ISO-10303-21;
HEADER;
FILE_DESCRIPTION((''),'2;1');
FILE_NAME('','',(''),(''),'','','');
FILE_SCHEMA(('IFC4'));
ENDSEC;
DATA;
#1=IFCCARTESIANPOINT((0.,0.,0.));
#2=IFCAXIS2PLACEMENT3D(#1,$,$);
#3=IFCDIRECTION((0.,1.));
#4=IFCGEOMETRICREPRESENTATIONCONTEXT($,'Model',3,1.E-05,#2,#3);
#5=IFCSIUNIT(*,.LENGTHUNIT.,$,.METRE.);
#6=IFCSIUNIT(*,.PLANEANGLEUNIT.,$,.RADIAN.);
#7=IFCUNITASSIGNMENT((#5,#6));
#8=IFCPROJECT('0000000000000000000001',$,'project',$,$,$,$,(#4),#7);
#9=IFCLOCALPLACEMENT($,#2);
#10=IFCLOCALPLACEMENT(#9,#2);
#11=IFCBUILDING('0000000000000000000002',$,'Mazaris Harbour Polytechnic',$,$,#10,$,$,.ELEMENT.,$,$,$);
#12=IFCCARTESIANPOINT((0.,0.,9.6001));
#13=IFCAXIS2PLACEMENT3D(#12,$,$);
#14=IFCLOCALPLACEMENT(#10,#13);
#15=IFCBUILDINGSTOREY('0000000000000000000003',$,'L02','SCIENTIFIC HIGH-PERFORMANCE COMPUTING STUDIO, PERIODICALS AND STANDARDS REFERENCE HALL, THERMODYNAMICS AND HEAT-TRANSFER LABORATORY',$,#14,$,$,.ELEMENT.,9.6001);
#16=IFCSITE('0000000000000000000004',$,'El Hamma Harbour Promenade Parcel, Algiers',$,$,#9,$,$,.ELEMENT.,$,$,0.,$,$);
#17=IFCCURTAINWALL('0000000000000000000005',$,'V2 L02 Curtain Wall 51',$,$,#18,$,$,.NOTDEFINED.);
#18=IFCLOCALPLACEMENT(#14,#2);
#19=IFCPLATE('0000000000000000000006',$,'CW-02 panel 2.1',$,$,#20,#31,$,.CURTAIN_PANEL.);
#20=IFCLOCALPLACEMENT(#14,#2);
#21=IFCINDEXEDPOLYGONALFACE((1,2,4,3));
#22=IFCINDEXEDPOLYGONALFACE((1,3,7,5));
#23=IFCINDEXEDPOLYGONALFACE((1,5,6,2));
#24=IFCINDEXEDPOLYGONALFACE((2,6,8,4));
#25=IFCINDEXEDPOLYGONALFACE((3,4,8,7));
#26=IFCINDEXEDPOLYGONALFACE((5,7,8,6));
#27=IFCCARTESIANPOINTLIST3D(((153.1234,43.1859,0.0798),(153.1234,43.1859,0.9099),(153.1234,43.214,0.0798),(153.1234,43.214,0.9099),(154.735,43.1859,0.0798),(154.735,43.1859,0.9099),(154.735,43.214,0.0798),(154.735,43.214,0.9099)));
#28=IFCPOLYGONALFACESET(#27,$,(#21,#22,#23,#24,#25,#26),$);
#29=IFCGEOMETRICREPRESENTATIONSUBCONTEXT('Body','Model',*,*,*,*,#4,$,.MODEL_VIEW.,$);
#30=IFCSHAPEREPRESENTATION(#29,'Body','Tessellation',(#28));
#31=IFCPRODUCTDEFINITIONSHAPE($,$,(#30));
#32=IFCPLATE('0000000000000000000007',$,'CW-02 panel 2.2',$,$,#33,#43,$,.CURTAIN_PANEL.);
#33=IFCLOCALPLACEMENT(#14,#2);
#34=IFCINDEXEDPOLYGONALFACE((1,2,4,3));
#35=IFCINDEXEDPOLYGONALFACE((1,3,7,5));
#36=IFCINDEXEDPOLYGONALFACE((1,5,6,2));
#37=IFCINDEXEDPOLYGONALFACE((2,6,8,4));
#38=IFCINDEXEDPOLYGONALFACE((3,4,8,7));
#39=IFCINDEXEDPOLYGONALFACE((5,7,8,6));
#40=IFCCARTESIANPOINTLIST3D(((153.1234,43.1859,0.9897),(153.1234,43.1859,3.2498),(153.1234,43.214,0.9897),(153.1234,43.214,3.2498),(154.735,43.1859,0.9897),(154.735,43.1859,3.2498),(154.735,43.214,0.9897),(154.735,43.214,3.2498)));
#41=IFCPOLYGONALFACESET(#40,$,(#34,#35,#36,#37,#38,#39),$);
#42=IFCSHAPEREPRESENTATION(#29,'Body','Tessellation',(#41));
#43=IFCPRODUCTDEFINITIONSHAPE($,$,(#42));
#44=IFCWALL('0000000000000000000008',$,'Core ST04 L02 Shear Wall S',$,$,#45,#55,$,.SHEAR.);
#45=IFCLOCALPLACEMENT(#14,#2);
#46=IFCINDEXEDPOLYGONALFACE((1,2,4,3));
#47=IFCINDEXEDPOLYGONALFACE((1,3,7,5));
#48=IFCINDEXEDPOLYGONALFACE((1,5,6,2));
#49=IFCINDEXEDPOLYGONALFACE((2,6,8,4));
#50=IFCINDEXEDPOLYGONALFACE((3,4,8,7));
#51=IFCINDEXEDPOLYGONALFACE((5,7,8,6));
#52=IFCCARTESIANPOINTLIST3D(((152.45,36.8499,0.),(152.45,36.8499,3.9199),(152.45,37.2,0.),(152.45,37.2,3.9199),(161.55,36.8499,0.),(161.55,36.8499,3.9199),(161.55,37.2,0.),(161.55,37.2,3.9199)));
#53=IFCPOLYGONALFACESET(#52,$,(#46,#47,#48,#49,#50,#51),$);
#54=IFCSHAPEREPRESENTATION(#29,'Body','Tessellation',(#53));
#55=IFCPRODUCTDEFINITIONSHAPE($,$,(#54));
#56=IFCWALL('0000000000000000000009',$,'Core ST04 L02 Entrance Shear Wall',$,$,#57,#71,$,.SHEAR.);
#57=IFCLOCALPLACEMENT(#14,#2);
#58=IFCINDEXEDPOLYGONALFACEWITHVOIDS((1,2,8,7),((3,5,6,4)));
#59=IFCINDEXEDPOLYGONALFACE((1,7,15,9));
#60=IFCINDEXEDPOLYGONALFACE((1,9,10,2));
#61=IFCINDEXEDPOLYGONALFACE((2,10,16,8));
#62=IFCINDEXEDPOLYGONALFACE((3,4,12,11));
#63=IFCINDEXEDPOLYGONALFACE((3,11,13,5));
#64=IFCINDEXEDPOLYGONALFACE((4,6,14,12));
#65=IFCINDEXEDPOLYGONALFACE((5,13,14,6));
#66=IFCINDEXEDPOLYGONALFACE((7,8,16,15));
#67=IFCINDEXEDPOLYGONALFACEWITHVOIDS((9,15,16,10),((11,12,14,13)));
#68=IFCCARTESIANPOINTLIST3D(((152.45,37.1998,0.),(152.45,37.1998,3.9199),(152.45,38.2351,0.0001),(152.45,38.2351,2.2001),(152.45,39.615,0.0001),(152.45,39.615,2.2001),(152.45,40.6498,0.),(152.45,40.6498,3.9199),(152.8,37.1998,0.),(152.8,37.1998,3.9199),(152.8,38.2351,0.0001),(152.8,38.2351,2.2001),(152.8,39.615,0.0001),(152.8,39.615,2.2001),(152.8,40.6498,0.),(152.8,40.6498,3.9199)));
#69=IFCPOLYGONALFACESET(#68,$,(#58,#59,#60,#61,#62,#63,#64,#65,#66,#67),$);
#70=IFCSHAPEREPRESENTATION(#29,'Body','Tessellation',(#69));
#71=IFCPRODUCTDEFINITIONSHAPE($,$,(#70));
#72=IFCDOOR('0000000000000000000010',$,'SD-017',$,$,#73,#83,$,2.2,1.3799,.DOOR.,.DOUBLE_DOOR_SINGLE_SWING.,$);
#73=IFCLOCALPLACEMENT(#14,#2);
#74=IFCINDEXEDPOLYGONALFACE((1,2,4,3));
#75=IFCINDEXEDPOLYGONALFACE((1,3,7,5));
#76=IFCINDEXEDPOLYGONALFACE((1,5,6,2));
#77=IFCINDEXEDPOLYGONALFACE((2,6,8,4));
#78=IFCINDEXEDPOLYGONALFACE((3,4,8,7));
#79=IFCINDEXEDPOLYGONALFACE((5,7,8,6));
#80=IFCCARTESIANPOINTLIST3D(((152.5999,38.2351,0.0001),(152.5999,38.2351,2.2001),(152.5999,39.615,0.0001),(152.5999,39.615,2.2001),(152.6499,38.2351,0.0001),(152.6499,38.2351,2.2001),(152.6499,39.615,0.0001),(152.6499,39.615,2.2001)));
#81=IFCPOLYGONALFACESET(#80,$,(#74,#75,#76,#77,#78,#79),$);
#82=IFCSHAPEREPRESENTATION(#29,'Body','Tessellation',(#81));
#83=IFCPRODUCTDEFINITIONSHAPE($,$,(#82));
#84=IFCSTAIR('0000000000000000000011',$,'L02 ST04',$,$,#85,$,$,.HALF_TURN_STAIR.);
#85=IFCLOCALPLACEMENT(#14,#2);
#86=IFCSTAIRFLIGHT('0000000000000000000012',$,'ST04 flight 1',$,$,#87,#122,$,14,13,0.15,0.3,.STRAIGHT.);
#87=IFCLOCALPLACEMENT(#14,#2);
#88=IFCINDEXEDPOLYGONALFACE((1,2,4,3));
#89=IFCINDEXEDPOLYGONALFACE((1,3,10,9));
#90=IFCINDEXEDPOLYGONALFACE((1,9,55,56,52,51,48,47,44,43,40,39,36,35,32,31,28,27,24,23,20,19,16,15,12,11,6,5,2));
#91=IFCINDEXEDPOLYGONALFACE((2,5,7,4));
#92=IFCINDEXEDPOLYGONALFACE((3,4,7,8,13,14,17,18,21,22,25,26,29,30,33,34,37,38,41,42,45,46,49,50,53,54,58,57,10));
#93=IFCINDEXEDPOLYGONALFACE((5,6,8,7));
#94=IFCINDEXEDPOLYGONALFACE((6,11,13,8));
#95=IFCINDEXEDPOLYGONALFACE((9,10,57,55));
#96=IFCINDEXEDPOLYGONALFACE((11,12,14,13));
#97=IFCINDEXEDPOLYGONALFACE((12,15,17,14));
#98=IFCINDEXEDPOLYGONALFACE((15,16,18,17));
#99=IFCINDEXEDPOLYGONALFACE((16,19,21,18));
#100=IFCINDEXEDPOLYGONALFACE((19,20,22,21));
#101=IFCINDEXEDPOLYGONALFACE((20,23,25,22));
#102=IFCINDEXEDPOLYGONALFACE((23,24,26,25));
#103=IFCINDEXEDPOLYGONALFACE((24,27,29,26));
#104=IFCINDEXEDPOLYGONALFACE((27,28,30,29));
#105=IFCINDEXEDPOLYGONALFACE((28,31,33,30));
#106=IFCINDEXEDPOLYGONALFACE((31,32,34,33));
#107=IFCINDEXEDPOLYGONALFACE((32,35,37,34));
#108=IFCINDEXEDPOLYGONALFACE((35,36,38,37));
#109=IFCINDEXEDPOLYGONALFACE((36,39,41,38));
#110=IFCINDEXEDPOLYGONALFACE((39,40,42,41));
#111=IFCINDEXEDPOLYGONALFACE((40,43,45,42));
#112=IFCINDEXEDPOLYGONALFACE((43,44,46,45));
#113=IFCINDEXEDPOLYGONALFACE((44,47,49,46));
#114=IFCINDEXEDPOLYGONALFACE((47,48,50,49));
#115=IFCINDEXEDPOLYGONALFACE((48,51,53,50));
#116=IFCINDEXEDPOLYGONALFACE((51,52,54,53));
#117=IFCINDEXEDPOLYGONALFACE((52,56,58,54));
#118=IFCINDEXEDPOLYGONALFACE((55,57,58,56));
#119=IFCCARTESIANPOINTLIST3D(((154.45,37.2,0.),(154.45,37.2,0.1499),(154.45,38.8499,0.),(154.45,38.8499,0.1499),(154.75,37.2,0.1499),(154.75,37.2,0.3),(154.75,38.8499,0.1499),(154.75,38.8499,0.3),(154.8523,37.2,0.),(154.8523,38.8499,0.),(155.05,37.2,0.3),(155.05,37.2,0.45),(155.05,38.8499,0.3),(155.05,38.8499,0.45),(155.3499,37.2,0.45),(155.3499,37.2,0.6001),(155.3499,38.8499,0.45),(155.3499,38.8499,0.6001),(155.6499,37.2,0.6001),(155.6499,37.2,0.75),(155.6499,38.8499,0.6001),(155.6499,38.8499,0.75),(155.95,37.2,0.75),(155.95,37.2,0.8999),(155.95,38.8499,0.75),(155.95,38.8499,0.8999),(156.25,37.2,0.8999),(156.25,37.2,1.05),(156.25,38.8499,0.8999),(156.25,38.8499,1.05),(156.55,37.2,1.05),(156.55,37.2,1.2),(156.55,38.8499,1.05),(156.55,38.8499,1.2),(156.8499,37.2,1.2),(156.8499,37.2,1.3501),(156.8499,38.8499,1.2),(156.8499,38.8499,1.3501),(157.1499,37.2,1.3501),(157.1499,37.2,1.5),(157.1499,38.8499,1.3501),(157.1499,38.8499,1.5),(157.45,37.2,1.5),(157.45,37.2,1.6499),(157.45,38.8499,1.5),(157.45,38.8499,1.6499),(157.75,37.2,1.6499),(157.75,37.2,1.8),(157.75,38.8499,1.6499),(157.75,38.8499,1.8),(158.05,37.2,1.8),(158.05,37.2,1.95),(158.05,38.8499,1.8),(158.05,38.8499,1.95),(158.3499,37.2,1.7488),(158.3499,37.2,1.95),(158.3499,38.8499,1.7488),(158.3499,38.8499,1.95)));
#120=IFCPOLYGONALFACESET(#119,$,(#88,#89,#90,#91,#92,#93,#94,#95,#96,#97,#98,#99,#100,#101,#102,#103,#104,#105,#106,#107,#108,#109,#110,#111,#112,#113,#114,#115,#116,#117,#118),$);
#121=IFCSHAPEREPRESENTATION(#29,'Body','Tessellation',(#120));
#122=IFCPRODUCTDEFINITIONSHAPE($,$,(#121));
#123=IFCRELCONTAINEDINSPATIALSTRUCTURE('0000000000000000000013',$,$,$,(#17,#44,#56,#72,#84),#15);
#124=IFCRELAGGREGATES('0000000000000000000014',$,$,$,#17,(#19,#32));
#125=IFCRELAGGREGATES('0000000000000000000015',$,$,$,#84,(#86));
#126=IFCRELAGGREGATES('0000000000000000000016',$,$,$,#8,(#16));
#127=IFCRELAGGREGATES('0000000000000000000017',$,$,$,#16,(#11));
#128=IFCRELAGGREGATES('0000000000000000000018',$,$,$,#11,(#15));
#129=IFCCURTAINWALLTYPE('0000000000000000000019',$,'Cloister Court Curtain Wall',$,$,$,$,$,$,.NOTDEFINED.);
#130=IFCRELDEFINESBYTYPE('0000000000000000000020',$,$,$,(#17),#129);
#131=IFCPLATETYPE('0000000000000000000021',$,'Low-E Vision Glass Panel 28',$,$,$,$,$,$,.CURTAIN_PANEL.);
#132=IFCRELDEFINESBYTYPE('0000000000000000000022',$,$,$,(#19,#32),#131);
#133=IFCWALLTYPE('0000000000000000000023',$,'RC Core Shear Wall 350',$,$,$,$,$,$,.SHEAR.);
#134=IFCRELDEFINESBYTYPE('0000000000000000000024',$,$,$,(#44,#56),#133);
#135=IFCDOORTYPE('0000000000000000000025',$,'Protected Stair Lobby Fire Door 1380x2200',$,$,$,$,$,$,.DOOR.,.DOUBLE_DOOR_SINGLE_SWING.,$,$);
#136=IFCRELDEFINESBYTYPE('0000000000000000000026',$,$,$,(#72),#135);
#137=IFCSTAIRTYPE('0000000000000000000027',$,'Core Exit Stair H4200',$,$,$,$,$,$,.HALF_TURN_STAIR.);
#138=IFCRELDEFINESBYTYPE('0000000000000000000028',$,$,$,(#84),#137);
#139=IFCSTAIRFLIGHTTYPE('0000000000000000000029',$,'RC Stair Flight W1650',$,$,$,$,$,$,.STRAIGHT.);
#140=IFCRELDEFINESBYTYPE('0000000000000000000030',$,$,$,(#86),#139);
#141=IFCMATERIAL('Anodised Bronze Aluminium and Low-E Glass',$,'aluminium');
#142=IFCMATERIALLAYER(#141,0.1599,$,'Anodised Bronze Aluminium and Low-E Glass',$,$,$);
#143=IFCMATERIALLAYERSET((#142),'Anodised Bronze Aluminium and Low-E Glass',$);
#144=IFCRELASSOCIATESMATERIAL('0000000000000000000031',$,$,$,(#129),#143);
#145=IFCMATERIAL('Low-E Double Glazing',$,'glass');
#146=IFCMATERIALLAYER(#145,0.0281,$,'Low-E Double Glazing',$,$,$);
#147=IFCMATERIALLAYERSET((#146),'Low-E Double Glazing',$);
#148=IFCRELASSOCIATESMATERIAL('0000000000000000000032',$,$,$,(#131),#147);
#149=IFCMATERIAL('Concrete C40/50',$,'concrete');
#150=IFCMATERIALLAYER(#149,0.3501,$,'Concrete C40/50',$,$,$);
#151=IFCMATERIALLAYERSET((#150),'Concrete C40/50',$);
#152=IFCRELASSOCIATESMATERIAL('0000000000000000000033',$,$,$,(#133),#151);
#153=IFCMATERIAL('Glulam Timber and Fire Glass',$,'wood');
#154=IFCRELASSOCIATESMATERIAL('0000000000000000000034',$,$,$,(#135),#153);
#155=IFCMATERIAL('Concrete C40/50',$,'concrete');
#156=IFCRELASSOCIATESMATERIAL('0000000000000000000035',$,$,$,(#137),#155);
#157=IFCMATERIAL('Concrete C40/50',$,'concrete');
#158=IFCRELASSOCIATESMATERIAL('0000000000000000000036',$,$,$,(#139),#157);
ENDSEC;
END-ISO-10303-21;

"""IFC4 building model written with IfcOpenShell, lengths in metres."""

from ifc_helpers import new_model, si_unit, direction, frame, frame_2d, origin, origin_2d, place, context, subcontext, project, spatial, polyline, rectangle, outline, extrude, material, layer, layer_set, type_object, element, fill, aggregate, save


model = new_model("IFC4")

# Units and contexts
model_context = context("Model", 3, precision=1e-05, world=origin(), true_north=direction((0.0, 1.0)))
body_context = subcontext(model_context, "Body", "Model", "MODEL_VIEW")
ifc_project = project(units=[si_unit("LENGTHUNIT", "METRE"), si_unit("PLANEANGLEUNIT", "RADIAN")], contexts=[model_context])

# Site, building, storey
site_placement = place(None, origin())
site = spatial("IfcSite", under=ifc_project, at=site_placement, Name="El Hamma Harbour Promenade Parcel, Algiers", CompositionType="ELEMENT", RefElevation=0.0)
building_placement = place(site_placement, origin())
building = spatial("IfcBuilding", under=site, at=building_placement, Name="Mazaris Harbour Polytechnic", CompositionType="ELEMENT")
storey_placement = place(building_placement, frame((0.0, 0.0, 9.6001)))
storey = spatial("IfcBuildingStorey", under=building, at=storey_placement, Name="L02", Description="SCIENTIFIC HIGH-PERFORMANCE COMPUTING STUDIO, PERIODICALS AND STANDARDS REFERENCE HALL, THERMODYNAMICS AND HEAT-TRANSFER LABORATORY", CompositionType="ELEMENT", Elevation=9.6001)

# Curtain wall
ifc_material_1 = material(Name="Anodised Bronze Aluminium and Low-E Glass", Category="aluminium")
ifc_layer_1 = layer(ifc_material_1, 0.1599, Name="Anodised Bronze Aluminium and Low-E Glass")
ifc_layer_set_1 = layer_set([ifc_layer_1], Name="Anodised Bronze Aluminium and Low-E Glass")
curtain_wall_type = type_object("IfcCurtainWallType", Name="Cloister Court Curtain Wall", PredefinedType="NOTDEFINED", material=ifc_layer_set_1)
curtain_wall_placement = place(storey_placement, origin())
curtain_wall = element("IfcCurtainWall", 1, at=curtain_wall_placement, inside=storey, type_object=curtain_wall_type, Name="V2 L02 Curtain Wall 51", PredefinedType="NOTDEFINED")

# Plates
ifc_material_2 = material(Name="Low-E Double Glazing", Category="glass")
ifc_layer_2 = layer(ifc_material_2, 0.0281, Name="Low-E Double Glazing")
ifc_layer_set_2 = layer_set([ifc_layer_2], Name="Low-E Double Glazing")
plate_type = type_object("IfcPlateType", Name="Low-E Vision Glass Panel 28", PredefinedType="CURTAIN_PANEL", material=ifc_layer_set_2)
plate_1_placement = place(storey_placement, frame((153.9292, 43.2, 0.0798), z_axis=(0.0, 0.0, 1.0), x_axis=(1.0, 0.0, 0.0)))
plate_1 = element("IfcPlate", 2, at=plate_1_placement, type_object=plate_type, Name="CW-02 panel 2.1", PredefinedType="CURTAIN_PANEL", context=body_context, shape_type="SweptSolid", body=[
    extrude(rectangle(XDim=1.6116, YDim=0.0281, at=origin_2d()), origin(), (0.0, 0.0, 1.0), 0.8301),
])
plate_2_placement = place(storey_placement, frame((153.9292, 43.2, 0.9897), z_axis=(0.0, 0.0, 1.0), x_axis=(1.0, 0.0, 0.0)))
plate_2 = element("IfcPlate", 3, at=plate_2_placement, type_object=plate_type, Name="CW-02 panel 2.2", PredefinedType="CURTAIN_PANEL", context=body_context, shape_type="SweptSolid", body=[
    extrude(rectangle(XDim=1.6116, YDim=0.0281, at=origin_2d()), origin(), (0.0, 0.0, 1.0), 2.26),
])
aggregate(curtain_wall, [plate_1, plate_2])

# Wall
ifc_material_3 = material(Name="Concrete C40/50", Category="concrete")
ifc_layer_3 = layer(ifc_material_3, 0.3501, Name="Concrete C40/50")
ifc_layer_set_3 = layer_set([ifc_layer_3], Name="Concrete C40/50")
wall_type = type_object("IfcWallType", Name="RC Core Shear Wall 350", PredefinedType="SHEAR", material=ifc_layer_set_3)
wall_1_placement = place(storey_placement, frame((152.45, 37.0249, 0.0), z_axis=(0.0, 0.0, 1.0), x_axis=(1.0, 0.0, 0.0)))
element("IfcWall", 4, at=wall_1_placement, inside=storey, type_object=wall_type, Name="Core ST04 L02 Shear Wall S", PredefinedType="SHEAR", context=body_context, shape_type="SweptSolid", body=[
    extrude(rectangle(XDim=9.1001, YDim=0.3501, at=frame_2d((4.55, 0.0))), origin(), (0.0, 0.0, 1.0), 3.9199),
])

# Wall, opening, door
wall_2_placement = place(storey_placement, frame((152.625, 40.6499, 0.0), z_axis=(0.0, 0.0, 1.0), x_axis=(0.0, -1.0, 0.0)))
wall_2 = element("IfcWall", 5, at=wall_2_placement, inside=storey, type_object=wall_type, Name="Core ST04 L02 Entrance Shear Wall", PredefinedType="SHEAR", context=body_context, shape_type="SweptSolid", body=[
    extrude(rectangle(XDim=3.45, YDim=0.3501, at=frame_2d((1.7251, 0.0))), origin(), (0.0, 0.0, 1.0), 3.9199),
])
opening_placement = place(wall_2_placement, frame((1.0349, 0.0, 0.0)))
opening = element("IfcOpeningElement", 6, at=opening_placement, cuts=wall_2, PredefinedType="OPENING", context=body_context, shape_type="SweptSolid", body=[
    extrude(rectangle(XDim=1.3799, YDim=2.2, at=frame_2d((0.6899, 1.1001))), frame((0.0, 0.1851, 0.0), z_axis=(0.0, -1.0, 0.0), x_axis=(1.0, 0.0, 0.0)), (0.0, 0.0, 1.0), 0.3701),
])
ifc_material_4 = material(Name="Glulam Timber and Fire Glass", Category="wood")
door_type = type_object("IfcDoorType", Name="Protected Stair Lobby Fire Door 1380x2200", OperationType="DOUBLE_DOOR_SINGLE_SWING", PredefinedType="DOOR", material=ifc_material_4)
door_placement = place(opening_placement, origin())
door = element("IfcDoor", 7, at=door_placement, inside=storey, type_object=door_type, Name="SD-017", OperationType="DOUBLE_DOOR_SINGLE_SWING", OverallHeight=2.2, OverallWidth=1.3799, PredefinedType="DOOR", context=body_context, shape_type="SweptSolid", body=[
    extrude(rectangle(XDim=1.3799, YDim=2.2, at=frame_2d((0.6899, 1.1001))), frame((0.0, 0.0249, 0.0), z_axis=(0.0, -1.0, 0.0), x_axis=(1.0, 0.0, 0.0)), (0.0, 0.0, 1.0), 0.05),
])
fill(opening, door)

# Stair, stair flight
ifc_material_5 = material(Name="Concrete C40/50", Category="concrete")
stair_type = type_object("IfcStairType", Name="Core Exit Stair H4200", PredefinedType="HALF_TURN_STAIR", material=ifc_material_5)
stair_placement = place(storey_placement, origin())
stair = element("IfcStair", 8, at=stair_placement, inside=storey, type_object=stair_type, Name="L02 ST04", PredefinedType="HALF_TURN_STAIR")
ifc_material_6 = material(Name="Concrete C40/50", Category="concrete")
stair_flight_type = type_object("IfcStairFlightType", Name="RC Stair Flight W1650", PredefinedType="STRAIGHT", material=ifc_material_6)
stair_flight_placement = place(storey_placement, frame((154.45, 38.0249, 0.0), z_axis=(0.0, 0.0, 1.0), x_axis=(1.0, 0.0, 0.0)))
stair_flight = element("IfcStairFlight", 9, at=stair_flight_placement, type_object=stair_flight_type, Name="ST04 flight 1", NumberOfRisers=14, NumberOfTreads=13, PredefinedType="STRAIGHT", RiserHeight=0.15, TreadLength=0.3, context=body_context, shape_type="SweptSolid", body=[
    extrude(outline(polyline([(0.0, 0.0), (0.0, 0.1499), (0.3, 0.1499), (0.3, 0.3), (0.6001, 0.3), (0.6001, 0.45), (0.8999, 0.45), (0.8999, 0.6001), (1.2, 0.6001), (1.2, 0.75), (1.5, 0.75), (1.5, 0.8999), (1.8, 0.8999), (1.8, 1.05), (2.1001, 1.05), (2.1001, 1.2), (2.3999, 1.2), (2.3999, 1.3501), (2.7, 1.3501), (2.7, 1.5), (3.0, 1.5), (3.0, 1.6499), (3.3, 1.6499), (3.3, 1.8), (3.6001, 1.8), (3.6001, 1.95), (3.8999, 1.95), (3.8999, 2.1001), (3.8999, 1.7488), (0.4023, 0.0), (0.0, 0.0)])), frame((0.0, 0.825, 0.0), z_axis=(0.0, -1.0, 0.0), x_axis=(1.0, 0.0, 0.0)), (0.0, 0.0, 1.0), 1.6499),
])
aggregate(stair, [stair_flight])

save(model, "model.ifc")
